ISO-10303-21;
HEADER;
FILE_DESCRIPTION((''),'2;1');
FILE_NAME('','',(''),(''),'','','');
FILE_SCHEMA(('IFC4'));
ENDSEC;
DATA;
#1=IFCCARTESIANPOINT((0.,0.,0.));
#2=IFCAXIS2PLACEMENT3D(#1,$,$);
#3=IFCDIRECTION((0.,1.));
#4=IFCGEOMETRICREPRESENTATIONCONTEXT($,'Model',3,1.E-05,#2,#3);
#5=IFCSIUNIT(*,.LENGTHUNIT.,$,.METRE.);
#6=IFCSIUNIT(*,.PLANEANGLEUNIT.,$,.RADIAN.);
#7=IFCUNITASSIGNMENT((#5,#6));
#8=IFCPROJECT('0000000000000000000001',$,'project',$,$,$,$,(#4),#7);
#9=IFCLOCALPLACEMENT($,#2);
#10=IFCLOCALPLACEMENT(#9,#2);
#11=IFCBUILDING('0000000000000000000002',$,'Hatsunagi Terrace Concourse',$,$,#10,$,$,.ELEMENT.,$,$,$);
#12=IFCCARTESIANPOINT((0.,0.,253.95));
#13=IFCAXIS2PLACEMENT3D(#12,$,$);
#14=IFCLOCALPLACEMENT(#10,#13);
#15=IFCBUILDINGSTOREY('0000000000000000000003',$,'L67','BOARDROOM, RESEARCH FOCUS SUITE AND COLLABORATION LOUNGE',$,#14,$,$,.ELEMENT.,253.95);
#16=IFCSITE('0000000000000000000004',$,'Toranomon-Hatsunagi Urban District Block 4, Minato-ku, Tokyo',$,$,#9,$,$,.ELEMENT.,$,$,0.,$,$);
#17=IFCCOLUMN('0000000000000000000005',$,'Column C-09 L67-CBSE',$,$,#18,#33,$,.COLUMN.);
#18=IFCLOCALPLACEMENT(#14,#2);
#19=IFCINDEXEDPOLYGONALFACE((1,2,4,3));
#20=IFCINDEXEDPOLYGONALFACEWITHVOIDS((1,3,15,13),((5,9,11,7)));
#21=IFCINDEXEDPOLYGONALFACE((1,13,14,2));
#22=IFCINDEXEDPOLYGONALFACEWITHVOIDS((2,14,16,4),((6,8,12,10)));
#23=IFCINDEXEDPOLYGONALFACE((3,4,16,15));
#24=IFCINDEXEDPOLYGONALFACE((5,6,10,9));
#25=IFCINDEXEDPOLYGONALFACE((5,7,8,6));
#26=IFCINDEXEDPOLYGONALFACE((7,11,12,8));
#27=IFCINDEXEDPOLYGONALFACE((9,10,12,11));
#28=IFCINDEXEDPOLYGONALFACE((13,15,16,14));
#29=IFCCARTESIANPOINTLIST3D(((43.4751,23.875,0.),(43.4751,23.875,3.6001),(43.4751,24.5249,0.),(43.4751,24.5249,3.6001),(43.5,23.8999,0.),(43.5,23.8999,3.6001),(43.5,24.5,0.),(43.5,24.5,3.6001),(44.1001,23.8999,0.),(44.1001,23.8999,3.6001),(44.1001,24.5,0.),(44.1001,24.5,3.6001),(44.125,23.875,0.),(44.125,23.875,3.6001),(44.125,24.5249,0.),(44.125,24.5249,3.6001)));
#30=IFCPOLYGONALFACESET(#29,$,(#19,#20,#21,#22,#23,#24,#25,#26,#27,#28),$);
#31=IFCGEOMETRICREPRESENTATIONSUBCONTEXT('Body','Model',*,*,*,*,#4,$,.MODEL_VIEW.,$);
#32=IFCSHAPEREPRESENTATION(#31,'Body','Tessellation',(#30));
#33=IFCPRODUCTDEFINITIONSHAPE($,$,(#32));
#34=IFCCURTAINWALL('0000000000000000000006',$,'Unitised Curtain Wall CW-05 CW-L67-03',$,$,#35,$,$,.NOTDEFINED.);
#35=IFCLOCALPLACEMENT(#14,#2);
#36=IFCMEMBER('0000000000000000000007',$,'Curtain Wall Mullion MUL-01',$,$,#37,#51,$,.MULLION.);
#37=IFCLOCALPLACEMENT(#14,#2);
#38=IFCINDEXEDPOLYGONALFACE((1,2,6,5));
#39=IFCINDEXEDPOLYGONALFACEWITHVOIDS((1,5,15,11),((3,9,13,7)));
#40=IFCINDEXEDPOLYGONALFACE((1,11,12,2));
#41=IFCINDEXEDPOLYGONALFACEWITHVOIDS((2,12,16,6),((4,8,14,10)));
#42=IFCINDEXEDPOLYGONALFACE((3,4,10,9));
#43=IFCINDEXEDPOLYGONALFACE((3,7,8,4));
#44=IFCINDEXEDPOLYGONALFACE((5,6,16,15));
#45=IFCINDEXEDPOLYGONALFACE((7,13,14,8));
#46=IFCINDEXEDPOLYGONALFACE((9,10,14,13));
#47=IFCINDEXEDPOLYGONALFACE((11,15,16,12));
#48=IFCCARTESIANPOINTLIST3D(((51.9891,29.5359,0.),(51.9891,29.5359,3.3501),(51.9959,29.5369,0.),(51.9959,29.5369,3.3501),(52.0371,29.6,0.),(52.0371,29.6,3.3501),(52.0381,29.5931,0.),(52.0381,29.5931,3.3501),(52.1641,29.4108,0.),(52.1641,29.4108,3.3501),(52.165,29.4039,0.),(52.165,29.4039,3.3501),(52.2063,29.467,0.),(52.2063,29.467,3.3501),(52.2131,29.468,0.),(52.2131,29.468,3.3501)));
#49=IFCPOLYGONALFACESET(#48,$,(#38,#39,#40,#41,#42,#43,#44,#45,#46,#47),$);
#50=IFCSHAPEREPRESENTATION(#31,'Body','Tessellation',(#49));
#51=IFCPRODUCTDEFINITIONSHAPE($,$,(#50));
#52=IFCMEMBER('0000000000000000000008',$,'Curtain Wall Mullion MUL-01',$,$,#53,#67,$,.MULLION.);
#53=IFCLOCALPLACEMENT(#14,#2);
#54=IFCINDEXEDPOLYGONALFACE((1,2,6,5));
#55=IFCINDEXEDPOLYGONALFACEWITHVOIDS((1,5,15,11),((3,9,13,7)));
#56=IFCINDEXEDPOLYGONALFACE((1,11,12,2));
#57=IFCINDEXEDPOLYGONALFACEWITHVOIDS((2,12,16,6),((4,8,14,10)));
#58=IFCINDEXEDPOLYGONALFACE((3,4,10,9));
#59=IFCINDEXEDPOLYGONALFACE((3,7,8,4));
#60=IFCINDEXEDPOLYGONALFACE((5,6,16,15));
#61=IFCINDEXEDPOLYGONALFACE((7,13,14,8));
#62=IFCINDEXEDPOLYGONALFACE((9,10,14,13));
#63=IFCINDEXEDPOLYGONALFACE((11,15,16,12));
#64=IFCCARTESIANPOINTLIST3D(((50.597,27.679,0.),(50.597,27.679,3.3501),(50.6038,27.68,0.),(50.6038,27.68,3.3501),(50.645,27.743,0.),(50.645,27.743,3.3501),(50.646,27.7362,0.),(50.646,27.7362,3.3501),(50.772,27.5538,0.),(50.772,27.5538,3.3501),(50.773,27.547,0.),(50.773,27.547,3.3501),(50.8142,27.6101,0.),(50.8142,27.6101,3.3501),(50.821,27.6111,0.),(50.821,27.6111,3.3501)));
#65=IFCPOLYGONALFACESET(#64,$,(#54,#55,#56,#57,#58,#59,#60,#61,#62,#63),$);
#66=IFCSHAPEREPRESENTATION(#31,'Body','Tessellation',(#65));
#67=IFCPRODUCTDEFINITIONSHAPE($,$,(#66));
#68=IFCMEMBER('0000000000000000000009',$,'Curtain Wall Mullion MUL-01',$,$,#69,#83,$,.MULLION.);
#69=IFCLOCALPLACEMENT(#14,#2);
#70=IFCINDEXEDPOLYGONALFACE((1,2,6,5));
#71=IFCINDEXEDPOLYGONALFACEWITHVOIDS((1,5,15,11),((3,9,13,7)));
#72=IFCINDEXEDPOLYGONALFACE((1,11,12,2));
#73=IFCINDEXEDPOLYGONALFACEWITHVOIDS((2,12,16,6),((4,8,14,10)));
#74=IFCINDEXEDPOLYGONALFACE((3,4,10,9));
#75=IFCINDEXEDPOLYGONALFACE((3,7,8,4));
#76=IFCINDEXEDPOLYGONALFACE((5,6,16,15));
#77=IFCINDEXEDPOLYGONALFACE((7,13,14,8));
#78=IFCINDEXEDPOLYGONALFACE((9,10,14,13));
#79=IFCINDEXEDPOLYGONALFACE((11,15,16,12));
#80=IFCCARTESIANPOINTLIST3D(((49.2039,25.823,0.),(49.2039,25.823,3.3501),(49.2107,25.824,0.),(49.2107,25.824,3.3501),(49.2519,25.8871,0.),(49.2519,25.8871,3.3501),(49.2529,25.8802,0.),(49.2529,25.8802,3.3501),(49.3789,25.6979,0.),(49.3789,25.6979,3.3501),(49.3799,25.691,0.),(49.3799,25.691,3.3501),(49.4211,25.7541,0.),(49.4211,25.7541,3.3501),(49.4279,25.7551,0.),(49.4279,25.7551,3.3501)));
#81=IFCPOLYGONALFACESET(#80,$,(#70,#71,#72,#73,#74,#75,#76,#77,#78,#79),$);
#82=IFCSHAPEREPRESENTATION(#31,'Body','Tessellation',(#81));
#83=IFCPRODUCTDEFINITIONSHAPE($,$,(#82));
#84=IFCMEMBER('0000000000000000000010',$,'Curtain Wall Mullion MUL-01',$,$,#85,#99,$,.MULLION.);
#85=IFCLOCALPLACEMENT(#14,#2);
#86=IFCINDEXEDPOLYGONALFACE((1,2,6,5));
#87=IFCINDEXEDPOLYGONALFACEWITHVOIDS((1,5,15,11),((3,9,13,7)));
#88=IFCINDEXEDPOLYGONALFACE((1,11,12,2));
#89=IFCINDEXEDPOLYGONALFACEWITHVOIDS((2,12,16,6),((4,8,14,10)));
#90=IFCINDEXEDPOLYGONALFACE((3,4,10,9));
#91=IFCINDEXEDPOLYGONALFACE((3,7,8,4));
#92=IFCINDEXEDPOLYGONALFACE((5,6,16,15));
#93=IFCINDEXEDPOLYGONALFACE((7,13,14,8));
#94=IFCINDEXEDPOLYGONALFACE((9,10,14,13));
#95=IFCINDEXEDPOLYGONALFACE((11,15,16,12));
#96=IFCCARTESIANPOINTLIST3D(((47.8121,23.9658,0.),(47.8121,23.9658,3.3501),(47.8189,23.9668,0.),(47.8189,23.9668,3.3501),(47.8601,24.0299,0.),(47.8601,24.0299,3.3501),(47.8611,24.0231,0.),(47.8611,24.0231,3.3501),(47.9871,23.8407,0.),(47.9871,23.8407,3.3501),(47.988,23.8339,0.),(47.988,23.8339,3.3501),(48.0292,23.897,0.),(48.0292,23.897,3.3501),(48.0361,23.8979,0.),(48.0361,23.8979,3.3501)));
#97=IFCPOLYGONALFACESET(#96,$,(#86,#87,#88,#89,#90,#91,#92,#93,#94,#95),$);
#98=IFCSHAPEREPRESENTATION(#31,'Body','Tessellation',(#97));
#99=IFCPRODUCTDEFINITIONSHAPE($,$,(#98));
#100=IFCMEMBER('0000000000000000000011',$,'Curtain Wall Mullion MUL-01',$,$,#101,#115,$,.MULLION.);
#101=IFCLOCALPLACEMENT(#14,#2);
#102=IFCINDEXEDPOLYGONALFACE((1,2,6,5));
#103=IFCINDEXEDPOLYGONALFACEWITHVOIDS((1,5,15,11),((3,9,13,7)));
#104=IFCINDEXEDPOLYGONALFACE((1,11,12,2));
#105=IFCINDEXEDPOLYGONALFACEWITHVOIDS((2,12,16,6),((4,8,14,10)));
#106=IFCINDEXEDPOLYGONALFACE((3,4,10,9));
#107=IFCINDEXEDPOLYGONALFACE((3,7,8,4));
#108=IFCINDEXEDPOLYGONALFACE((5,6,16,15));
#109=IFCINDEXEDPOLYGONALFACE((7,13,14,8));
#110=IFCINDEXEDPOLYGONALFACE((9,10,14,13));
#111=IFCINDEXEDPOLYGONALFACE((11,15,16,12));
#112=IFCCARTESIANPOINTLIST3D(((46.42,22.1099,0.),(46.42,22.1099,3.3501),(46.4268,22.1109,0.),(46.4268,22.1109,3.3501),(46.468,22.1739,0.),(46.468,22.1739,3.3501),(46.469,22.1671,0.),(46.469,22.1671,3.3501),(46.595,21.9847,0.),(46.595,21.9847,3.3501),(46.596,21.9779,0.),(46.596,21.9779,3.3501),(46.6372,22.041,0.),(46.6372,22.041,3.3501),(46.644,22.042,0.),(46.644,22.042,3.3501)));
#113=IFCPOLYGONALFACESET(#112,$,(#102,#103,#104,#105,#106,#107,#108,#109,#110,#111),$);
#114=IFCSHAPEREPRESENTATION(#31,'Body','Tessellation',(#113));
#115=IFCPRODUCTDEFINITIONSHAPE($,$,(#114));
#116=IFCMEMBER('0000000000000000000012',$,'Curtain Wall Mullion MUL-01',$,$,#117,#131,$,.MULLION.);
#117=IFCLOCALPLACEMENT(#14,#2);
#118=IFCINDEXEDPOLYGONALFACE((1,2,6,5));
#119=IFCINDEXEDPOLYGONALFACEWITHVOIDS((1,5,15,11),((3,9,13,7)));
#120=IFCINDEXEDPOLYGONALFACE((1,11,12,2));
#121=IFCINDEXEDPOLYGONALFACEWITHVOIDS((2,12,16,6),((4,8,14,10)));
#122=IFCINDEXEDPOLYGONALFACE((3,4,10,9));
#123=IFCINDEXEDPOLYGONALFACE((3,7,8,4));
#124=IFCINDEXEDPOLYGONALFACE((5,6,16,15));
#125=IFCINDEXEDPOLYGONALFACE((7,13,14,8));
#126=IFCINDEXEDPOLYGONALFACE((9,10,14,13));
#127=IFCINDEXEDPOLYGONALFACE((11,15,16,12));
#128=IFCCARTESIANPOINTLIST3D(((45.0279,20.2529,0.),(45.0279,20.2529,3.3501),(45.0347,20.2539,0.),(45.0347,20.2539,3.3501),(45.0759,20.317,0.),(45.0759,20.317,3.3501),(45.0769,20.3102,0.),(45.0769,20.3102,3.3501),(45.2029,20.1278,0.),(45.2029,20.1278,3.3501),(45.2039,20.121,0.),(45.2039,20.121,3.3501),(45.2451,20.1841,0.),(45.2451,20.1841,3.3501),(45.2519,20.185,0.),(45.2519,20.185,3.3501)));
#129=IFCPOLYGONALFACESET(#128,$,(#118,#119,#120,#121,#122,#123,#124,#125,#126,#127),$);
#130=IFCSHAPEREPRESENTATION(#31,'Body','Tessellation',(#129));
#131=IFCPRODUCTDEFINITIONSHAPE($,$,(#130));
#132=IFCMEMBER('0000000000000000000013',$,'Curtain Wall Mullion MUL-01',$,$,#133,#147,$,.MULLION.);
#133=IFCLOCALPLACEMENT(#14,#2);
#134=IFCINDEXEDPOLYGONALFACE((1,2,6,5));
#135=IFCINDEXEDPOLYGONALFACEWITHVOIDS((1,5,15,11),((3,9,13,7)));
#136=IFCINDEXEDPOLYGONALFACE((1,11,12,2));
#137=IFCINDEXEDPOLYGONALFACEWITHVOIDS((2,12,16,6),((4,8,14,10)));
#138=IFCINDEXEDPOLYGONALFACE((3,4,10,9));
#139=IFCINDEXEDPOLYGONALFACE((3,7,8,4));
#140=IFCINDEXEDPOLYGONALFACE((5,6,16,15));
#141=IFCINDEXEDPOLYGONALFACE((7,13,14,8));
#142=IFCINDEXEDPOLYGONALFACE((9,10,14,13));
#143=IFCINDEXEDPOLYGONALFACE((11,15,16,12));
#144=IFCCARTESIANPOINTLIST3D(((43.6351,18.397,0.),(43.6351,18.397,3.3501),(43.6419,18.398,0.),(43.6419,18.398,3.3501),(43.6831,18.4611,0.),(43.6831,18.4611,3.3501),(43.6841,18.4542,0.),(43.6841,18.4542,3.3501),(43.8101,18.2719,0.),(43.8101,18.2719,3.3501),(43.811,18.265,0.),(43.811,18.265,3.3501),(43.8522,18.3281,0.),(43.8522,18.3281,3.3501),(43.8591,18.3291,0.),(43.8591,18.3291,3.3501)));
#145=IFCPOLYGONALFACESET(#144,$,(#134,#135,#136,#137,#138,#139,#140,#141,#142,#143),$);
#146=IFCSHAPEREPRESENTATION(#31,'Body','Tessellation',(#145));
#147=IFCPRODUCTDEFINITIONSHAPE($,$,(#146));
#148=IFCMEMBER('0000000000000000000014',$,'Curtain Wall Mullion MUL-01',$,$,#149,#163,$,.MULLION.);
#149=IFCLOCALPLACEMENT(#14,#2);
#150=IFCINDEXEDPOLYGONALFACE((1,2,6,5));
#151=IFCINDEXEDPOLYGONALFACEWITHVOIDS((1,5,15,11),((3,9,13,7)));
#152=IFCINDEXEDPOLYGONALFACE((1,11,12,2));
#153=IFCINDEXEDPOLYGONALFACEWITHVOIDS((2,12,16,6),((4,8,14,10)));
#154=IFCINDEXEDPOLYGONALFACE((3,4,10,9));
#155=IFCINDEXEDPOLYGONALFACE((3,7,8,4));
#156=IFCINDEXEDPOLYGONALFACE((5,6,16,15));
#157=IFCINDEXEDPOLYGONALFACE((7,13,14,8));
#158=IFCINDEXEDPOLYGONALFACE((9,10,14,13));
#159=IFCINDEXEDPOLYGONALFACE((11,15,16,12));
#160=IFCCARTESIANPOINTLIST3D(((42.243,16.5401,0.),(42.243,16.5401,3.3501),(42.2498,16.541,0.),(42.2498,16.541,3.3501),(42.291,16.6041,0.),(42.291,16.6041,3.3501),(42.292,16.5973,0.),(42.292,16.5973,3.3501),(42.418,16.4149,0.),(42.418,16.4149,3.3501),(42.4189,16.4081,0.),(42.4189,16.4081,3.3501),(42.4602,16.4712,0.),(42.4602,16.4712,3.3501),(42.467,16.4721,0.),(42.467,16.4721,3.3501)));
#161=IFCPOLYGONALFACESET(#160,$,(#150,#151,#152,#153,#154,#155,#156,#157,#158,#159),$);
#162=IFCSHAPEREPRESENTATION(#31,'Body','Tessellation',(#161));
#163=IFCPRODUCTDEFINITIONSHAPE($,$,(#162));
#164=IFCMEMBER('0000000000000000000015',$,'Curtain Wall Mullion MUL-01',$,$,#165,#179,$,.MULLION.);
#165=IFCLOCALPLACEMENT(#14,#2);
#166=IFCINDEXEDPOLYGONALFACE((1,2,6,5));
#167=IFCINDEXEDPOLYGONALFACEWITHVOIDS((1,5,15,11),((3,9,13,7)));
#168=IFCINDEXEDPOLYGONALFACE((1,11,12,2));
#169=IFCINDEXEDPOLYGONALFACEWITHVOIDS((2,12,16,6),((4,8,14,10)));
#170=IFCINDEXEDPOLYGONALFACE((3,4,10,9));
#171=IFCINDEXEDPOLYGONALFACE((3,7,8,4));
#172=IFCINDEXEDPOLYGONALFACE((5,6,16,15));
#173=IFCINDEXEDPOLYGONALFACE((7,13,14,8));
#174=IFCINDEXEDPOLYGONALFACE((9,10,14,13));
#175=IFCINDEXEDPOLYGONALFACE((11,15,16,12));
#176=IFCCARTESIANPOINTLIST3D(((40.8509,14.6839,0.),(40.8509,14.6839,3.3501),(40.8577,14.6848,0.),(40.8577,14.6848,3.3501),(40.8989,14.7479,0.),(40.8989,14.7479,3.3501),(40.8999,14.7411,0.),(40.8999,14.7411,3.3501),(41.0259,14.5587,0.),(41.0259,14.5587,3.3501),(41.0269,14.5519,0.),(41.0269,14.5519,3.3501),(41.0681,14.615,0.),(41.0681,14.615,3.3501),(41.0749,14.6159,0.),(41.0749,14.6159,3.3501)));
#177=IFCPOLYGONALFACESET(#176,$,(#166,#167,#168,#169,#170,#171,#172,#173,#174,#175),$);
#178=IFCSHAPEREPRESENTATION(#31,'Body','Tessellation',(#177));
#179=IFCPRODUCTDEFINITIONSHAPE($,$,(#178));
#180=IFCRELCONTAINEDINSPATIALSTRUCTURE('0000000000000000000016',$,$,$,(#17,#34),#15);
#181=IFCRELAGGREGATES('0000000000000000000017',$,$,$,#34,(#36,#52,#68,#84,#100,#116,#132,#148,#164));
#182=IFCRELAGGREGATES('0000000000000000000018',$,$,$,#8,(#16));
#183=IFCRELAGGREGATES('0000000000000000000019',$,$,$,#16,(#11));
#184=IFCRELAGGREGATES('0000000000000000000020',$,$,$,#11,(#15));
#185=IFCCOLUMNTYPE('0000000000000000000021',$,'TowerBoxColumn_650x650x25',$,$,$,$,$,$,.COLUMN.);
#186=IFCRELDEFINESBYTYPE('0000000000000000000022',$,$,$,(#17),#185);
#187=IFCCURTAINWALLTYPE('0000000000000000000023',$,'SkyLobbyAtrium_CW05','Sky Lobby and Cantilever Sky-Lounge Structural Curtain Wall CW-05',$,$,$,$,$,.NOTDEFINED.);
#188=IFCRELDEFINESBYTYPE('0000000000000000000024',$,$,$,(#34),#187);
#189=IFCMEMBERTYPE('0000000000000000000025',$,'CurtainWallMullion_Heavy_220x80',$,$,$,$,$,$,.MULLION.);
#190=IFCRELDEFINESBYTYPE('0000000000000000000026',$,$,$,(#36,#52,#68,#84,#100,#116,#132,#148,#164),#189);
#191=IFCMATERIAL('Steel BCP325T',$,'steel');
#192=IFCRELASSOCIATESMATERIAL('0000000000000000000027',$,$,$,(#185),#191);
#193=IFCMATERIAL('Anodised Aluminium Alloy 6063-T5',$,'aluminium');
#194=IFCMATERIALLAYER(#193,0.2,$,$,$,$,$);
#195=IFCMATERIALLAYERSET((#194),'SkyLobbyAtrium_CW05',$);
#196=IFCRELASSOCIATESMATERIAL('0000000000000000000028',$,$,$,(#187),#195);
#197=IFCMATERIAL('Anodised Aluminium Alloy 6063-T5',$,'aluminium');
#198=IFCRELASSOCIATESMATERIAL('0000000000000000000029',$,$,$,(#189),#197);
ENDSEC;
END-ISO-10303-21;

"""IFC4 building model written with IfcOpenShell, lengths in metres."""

from ifc_helpers import new_model, si_unit, direction, frame, origin, origin_2d, place, context, subcontext, project, spatial, hollow_rectangle, extrude, material, layer, layer_set, material_profile, profile_set, type_object, element, aggregate, save


model = new_model("IFC4")

# Units and contexts
model_context = context("Model", 3, precision=1e-05, world=origin(), true_north=direction((0.0, 1.0)))
body_context = subcontext(model_context, "Body", "Model", "MODEL_VIEW")
ifc_project = project(units=[si_unit("LENGTHUNIT", "METRE"), si_unit("PLANEANGLEUNIT", "RADIAN")], contexts=[model_context])

# Site, building, storey
site_placement = place(None, origin())
site = spatial("IfcSite", under=ifc_project, at=site_placement, Name="Toranomon-Hatsunagi Urban District Block 4, Minato-ku, Tokyo", CompositionType="ELEMENT", RefElevation=0.0)
building_placement = place(site_placement, origin())
building = spatial("IfcBuilding", under=site, at=building_placement, Name="Hatsunagi Terrace Concourse", CompositionType="ELEMENT")
storey_placement = place(building_placement, frame((0.0, 0.0, 253.95)))
storey = spatial("IfcBuildingStorey", under=building, at=storey_placement, Name="L67", Description="BOARDROOM, RESEARCH FOCUS SUITE AND COLLABORATION LOUNGE", CompositionType="ELEMENT", Elevation=253.95)

# Column
ifc_material_1 = material(Name="Steel BCP325T", Category="steel")
ifc_material_profile_1 = material_profile(ifc_material_1, hollow_rectangle(XDim=0.6499, YDim=0.6499, WallThickness=0.0249, at=origin_2d()), Name="BCP-650x650x25")
ifc_profile_set_1 = profile_set([ifc_material_profile_1], Name="Steel BCP325T")
column_type = type_object("IfcColumnType", Name="TowerBoxColumn_650x650x25", PredefinedType="COLUMN", material=ifc_profile_set_1)
column_placement = place(storey_placement, frame((43.8, 24.2, 0.0), z_axis=(0.0, 0.0, 1.0), x_axis=(1.0, 0.0, 0.0)))
element("IfcColumn", 1, at=column_placement, inside=storey, type_object=column_type, Name="Column C-09 L67-CBSE", PredefinedType="COLUMN", context=body_context, shape_type="SweptSolid", body=[
    extrude(hollow_rectangle(XDim=0.6499, YDim=0.6499, WallThickness=0.0249, at=origin_2d()), origin(), (0.0, 0.0, 1.0), 3.6001),
])

# Curtain wall, members
ifc_material_2 = material(Name="Anodised Aluminium Alloy 6063-T5", Category="aluminium")
ifc_layer_1 = layer(ifc_material_2, 0.2)
ifc_layer_set_1 = layer_set([ifc_layer_1], Name="SkyLobbyAtrium_CW05")
curtain_wall_type = type_object("IfcCurtainWallType", Name="SkyLobbyAtrium_CW05", Description="Sky Lobby and Cantilever Sky-Lounge Structural Curtain Wall CW-05", PredefinedType="NOTDEFINED", material=ifc_layer_set_1)
curtain_wall_placement = place(storey_placement, origin())
curtain_wall = element("IfcCurtainWall", 2, at=curtain_wall_placement, inside=storey, type_object=curtain_wall_type, Name="Unitised Curtain Wall CW-05 CW-L67-03", PredefinedType="NOTDEFINED")
ifc_material_3 = material(Name="Anodised Aluminium Alloy 6063-T5", Category="aluminium")
ifc_material_profile_2 = material_profile(ifc_material_3, hollow_rectangle(XDim=0.0801, YDim=0.22, WallThickness=0.0049, at=origin_2d()), Name="ALU-MUL-220x80x5")
ifc_profile_set_2 = profile_set([ifc_material_profile_2], Name="Anodised Aluminium Alloy 6063-T5")
member_type = type_object("IfcMemberType", Name="CurtainWallMullion_Heavy_220x80", PredefinedType="MULLION", material=ifc_profile_set_2)
member_1_placement = place(storey_placement, frame((52.1011, 29.502, 0.0), z_axis=(0.0, 0.0, 1.0), x_axis=(-0.599969, -0.800023, 0.0)))
member_1 = element("IfcMember", 3, at=member_1_placement, type_object=member_type, Name="Curtain Wall Mullion MUL-01", PredefinedType="MULLION", context=body_context, shape_type="SweptSolid", body=[
    extrude(hollow_rectangle(XDim=0.0801, YDim=0.22, WallThickness=0.0049, at=origin_2d()), origin(), (0.0, 0.0, 1.0), 3.3501),
])
member_2_placement = place(storey_placement, frame((50.709, 27.645, 0.0), z_axis=(0.0, 0.0, 1.0), x_axis=(-0.599969, -0.800023, 0.0)))
member_2 = element("IfcMember", 4, at=member_2_placement, type_object=member_type, Name="Curtain Wall Mullion MUL-01", PredefinedType="MULLION", context=body_context, shape_type="SweptSolid", body=[
    extrude(hollow_rectangle(XDim=0.0801, YDim=0.22, WallThickness=0.0049, at=origin_2d()), origin(), (0.0, 0.0, 1.0), 3.3501),
])
member_3_placement = place(storey_placement, frame((49.3159, 25.7891, 0.0), z_axis=(0.0, 0.0, 1.0), x_axis=(-0.599969, -0.800023, 0.0)))
member_3 = element("IfcMember", 5, at=member_3_placement, type_object=member_type, Name="Curtain Wall Mullion MUL-01", PredefinedType="MULLION", context=body_context, shape_type="SweptSolid", body=[
    extrude(hollow_rectangle(XDim=0.0801, YDim=0.22, WallThickness=0.0049, at=origin_2d()), origin(), (0.0, 0.0, 1.0), 3.3501),
])
member_4_placement = place(storey_placement, frame((47.9241, 23.9319, 0.0), z_axis=(0.0, 0.0, 1.0), x_axis=(-0.599969, -0.800023, 0.0)))
member_4 = element("IfcMember", 6, at=member_4_placement, type_object=member_type, Name="Curtain Wall Mullion MUL-01", PredefinedType="MULLION", context=body_context, shape_type="SweptSolid", body=[
    extrude(hollow_rectangle(XDim=0.0801, YDim=0.22, WallThickness=0.0049, at=origin_2d()), origin(), (0.0, 0.0, 1.0), 3.3501),
])
member_5_placement = place(storey_placement, frame((46.532, 22.0759, 0.0), z_axis=(0.0, 0.0, 1.0), x_axis=(-0.599969, -0.800023, 0.0)))
member_5 = element("IfcMember", 7, at=member_5_placement, type_object=member_type, Name="Curtain Wall Mullion MUL-01", PredefinedType="MULLION", context=body_context, shape_type="SweptSolid", body=[
    extrude(hollow_rectangle(XDim=0.0801, YDim=0.22, WallThickness=0.0049, at=origin_2d()), origin(), (0.0, 0.0, 1.0), 3.3501),
])
member_6_placement = place(storey_placement, frame((45.1399, 20.219, 0.0), z_axis=(0.0, 0.0, 1.0), x_axis=(-0.599969, -0.800023, 0.0)))
member_6 = element("IfcMember", 8, at=member_6_placement, type_object=member_type, Name="Curtain Wall Mullion MUL-01", PredefinedType="MULLION", context=body_context, shape_type="SweptSolid", body=[
    extrude(hollow_rectangle(XDim=0.0801, YDim=0.22, WallThickness=0.0049, at=origin_2d()), origin(), (0.0, 0.0, 1.0), 3.3501),
])
member_7_placement = place(storey_placement, frame((43.7471, 18.363, 0.0), z_axis=(0.0, 0.0, 1.0), x_axis=(-0.599969, -0.800023, 0.0)))
member_7 = element("IfcMember", 9, at=member_7_placement, type_object=member_type, Name="Curtain Wall Mullion MUL-01", PredefinedType="MULLION", context=body_context, shape_type="SweptSolid", body=[
    extrude(hollow_rectangle(XDim=0.0801, YDim=0.22, WallThickness=0.0049, at=origin_2d()), origin(), (0.0, 0.0, 1.0), 3.3501),
])
member_8_placement = place(storey_placement, frame((42.355, 16.5061, 0.0), z_axis=(0.0, 0.0, 1.0), x_axis=(-0.599969, -0.800023, 0.0)))
member_8 = element("IfcMember", 10, at=member_8_placement, type_object=member_type, Name="Curtain Wall Mullion MUL-01", PredefinedType="MULLION", context=body_context, shape_type="SweptSolid", body=[
    extrude(hollow_rectangle(XDim=0.0801, YDim=0.22, WallThickness=0.0049, at=origin_2d()), origin(), (0.0, 0.0, 1.0), 3.3501),
])
member_9_placement = place(storey_placement, frame((40.9629, 14.6499, 0.0), z_axis=(0.0, 0.0, 1.0), x_axis=(-0.599969, -0.800023, 0.0)))
member_9 = element("IfcMember", 11, at=member_9_placement, type_object=member_type, Name="Curtain Wall Mullion MUL-01", PredefinedType="MULLION", context=body_context, shape_type="SweptSolid", body=[
    extrude(hollow_rectangle(XDim=0.0801, YDim=0.22, WallThickness=0.0049, at=origin_2d()), origin(), (0.0, 0.0, 1.0), 3.3501),
])

aggregate(curtain_wall, [member_1, member_2, member_3, member_4, member_5, member_6, member_7, member_8, member_9])

save(model, "model.ifc")
